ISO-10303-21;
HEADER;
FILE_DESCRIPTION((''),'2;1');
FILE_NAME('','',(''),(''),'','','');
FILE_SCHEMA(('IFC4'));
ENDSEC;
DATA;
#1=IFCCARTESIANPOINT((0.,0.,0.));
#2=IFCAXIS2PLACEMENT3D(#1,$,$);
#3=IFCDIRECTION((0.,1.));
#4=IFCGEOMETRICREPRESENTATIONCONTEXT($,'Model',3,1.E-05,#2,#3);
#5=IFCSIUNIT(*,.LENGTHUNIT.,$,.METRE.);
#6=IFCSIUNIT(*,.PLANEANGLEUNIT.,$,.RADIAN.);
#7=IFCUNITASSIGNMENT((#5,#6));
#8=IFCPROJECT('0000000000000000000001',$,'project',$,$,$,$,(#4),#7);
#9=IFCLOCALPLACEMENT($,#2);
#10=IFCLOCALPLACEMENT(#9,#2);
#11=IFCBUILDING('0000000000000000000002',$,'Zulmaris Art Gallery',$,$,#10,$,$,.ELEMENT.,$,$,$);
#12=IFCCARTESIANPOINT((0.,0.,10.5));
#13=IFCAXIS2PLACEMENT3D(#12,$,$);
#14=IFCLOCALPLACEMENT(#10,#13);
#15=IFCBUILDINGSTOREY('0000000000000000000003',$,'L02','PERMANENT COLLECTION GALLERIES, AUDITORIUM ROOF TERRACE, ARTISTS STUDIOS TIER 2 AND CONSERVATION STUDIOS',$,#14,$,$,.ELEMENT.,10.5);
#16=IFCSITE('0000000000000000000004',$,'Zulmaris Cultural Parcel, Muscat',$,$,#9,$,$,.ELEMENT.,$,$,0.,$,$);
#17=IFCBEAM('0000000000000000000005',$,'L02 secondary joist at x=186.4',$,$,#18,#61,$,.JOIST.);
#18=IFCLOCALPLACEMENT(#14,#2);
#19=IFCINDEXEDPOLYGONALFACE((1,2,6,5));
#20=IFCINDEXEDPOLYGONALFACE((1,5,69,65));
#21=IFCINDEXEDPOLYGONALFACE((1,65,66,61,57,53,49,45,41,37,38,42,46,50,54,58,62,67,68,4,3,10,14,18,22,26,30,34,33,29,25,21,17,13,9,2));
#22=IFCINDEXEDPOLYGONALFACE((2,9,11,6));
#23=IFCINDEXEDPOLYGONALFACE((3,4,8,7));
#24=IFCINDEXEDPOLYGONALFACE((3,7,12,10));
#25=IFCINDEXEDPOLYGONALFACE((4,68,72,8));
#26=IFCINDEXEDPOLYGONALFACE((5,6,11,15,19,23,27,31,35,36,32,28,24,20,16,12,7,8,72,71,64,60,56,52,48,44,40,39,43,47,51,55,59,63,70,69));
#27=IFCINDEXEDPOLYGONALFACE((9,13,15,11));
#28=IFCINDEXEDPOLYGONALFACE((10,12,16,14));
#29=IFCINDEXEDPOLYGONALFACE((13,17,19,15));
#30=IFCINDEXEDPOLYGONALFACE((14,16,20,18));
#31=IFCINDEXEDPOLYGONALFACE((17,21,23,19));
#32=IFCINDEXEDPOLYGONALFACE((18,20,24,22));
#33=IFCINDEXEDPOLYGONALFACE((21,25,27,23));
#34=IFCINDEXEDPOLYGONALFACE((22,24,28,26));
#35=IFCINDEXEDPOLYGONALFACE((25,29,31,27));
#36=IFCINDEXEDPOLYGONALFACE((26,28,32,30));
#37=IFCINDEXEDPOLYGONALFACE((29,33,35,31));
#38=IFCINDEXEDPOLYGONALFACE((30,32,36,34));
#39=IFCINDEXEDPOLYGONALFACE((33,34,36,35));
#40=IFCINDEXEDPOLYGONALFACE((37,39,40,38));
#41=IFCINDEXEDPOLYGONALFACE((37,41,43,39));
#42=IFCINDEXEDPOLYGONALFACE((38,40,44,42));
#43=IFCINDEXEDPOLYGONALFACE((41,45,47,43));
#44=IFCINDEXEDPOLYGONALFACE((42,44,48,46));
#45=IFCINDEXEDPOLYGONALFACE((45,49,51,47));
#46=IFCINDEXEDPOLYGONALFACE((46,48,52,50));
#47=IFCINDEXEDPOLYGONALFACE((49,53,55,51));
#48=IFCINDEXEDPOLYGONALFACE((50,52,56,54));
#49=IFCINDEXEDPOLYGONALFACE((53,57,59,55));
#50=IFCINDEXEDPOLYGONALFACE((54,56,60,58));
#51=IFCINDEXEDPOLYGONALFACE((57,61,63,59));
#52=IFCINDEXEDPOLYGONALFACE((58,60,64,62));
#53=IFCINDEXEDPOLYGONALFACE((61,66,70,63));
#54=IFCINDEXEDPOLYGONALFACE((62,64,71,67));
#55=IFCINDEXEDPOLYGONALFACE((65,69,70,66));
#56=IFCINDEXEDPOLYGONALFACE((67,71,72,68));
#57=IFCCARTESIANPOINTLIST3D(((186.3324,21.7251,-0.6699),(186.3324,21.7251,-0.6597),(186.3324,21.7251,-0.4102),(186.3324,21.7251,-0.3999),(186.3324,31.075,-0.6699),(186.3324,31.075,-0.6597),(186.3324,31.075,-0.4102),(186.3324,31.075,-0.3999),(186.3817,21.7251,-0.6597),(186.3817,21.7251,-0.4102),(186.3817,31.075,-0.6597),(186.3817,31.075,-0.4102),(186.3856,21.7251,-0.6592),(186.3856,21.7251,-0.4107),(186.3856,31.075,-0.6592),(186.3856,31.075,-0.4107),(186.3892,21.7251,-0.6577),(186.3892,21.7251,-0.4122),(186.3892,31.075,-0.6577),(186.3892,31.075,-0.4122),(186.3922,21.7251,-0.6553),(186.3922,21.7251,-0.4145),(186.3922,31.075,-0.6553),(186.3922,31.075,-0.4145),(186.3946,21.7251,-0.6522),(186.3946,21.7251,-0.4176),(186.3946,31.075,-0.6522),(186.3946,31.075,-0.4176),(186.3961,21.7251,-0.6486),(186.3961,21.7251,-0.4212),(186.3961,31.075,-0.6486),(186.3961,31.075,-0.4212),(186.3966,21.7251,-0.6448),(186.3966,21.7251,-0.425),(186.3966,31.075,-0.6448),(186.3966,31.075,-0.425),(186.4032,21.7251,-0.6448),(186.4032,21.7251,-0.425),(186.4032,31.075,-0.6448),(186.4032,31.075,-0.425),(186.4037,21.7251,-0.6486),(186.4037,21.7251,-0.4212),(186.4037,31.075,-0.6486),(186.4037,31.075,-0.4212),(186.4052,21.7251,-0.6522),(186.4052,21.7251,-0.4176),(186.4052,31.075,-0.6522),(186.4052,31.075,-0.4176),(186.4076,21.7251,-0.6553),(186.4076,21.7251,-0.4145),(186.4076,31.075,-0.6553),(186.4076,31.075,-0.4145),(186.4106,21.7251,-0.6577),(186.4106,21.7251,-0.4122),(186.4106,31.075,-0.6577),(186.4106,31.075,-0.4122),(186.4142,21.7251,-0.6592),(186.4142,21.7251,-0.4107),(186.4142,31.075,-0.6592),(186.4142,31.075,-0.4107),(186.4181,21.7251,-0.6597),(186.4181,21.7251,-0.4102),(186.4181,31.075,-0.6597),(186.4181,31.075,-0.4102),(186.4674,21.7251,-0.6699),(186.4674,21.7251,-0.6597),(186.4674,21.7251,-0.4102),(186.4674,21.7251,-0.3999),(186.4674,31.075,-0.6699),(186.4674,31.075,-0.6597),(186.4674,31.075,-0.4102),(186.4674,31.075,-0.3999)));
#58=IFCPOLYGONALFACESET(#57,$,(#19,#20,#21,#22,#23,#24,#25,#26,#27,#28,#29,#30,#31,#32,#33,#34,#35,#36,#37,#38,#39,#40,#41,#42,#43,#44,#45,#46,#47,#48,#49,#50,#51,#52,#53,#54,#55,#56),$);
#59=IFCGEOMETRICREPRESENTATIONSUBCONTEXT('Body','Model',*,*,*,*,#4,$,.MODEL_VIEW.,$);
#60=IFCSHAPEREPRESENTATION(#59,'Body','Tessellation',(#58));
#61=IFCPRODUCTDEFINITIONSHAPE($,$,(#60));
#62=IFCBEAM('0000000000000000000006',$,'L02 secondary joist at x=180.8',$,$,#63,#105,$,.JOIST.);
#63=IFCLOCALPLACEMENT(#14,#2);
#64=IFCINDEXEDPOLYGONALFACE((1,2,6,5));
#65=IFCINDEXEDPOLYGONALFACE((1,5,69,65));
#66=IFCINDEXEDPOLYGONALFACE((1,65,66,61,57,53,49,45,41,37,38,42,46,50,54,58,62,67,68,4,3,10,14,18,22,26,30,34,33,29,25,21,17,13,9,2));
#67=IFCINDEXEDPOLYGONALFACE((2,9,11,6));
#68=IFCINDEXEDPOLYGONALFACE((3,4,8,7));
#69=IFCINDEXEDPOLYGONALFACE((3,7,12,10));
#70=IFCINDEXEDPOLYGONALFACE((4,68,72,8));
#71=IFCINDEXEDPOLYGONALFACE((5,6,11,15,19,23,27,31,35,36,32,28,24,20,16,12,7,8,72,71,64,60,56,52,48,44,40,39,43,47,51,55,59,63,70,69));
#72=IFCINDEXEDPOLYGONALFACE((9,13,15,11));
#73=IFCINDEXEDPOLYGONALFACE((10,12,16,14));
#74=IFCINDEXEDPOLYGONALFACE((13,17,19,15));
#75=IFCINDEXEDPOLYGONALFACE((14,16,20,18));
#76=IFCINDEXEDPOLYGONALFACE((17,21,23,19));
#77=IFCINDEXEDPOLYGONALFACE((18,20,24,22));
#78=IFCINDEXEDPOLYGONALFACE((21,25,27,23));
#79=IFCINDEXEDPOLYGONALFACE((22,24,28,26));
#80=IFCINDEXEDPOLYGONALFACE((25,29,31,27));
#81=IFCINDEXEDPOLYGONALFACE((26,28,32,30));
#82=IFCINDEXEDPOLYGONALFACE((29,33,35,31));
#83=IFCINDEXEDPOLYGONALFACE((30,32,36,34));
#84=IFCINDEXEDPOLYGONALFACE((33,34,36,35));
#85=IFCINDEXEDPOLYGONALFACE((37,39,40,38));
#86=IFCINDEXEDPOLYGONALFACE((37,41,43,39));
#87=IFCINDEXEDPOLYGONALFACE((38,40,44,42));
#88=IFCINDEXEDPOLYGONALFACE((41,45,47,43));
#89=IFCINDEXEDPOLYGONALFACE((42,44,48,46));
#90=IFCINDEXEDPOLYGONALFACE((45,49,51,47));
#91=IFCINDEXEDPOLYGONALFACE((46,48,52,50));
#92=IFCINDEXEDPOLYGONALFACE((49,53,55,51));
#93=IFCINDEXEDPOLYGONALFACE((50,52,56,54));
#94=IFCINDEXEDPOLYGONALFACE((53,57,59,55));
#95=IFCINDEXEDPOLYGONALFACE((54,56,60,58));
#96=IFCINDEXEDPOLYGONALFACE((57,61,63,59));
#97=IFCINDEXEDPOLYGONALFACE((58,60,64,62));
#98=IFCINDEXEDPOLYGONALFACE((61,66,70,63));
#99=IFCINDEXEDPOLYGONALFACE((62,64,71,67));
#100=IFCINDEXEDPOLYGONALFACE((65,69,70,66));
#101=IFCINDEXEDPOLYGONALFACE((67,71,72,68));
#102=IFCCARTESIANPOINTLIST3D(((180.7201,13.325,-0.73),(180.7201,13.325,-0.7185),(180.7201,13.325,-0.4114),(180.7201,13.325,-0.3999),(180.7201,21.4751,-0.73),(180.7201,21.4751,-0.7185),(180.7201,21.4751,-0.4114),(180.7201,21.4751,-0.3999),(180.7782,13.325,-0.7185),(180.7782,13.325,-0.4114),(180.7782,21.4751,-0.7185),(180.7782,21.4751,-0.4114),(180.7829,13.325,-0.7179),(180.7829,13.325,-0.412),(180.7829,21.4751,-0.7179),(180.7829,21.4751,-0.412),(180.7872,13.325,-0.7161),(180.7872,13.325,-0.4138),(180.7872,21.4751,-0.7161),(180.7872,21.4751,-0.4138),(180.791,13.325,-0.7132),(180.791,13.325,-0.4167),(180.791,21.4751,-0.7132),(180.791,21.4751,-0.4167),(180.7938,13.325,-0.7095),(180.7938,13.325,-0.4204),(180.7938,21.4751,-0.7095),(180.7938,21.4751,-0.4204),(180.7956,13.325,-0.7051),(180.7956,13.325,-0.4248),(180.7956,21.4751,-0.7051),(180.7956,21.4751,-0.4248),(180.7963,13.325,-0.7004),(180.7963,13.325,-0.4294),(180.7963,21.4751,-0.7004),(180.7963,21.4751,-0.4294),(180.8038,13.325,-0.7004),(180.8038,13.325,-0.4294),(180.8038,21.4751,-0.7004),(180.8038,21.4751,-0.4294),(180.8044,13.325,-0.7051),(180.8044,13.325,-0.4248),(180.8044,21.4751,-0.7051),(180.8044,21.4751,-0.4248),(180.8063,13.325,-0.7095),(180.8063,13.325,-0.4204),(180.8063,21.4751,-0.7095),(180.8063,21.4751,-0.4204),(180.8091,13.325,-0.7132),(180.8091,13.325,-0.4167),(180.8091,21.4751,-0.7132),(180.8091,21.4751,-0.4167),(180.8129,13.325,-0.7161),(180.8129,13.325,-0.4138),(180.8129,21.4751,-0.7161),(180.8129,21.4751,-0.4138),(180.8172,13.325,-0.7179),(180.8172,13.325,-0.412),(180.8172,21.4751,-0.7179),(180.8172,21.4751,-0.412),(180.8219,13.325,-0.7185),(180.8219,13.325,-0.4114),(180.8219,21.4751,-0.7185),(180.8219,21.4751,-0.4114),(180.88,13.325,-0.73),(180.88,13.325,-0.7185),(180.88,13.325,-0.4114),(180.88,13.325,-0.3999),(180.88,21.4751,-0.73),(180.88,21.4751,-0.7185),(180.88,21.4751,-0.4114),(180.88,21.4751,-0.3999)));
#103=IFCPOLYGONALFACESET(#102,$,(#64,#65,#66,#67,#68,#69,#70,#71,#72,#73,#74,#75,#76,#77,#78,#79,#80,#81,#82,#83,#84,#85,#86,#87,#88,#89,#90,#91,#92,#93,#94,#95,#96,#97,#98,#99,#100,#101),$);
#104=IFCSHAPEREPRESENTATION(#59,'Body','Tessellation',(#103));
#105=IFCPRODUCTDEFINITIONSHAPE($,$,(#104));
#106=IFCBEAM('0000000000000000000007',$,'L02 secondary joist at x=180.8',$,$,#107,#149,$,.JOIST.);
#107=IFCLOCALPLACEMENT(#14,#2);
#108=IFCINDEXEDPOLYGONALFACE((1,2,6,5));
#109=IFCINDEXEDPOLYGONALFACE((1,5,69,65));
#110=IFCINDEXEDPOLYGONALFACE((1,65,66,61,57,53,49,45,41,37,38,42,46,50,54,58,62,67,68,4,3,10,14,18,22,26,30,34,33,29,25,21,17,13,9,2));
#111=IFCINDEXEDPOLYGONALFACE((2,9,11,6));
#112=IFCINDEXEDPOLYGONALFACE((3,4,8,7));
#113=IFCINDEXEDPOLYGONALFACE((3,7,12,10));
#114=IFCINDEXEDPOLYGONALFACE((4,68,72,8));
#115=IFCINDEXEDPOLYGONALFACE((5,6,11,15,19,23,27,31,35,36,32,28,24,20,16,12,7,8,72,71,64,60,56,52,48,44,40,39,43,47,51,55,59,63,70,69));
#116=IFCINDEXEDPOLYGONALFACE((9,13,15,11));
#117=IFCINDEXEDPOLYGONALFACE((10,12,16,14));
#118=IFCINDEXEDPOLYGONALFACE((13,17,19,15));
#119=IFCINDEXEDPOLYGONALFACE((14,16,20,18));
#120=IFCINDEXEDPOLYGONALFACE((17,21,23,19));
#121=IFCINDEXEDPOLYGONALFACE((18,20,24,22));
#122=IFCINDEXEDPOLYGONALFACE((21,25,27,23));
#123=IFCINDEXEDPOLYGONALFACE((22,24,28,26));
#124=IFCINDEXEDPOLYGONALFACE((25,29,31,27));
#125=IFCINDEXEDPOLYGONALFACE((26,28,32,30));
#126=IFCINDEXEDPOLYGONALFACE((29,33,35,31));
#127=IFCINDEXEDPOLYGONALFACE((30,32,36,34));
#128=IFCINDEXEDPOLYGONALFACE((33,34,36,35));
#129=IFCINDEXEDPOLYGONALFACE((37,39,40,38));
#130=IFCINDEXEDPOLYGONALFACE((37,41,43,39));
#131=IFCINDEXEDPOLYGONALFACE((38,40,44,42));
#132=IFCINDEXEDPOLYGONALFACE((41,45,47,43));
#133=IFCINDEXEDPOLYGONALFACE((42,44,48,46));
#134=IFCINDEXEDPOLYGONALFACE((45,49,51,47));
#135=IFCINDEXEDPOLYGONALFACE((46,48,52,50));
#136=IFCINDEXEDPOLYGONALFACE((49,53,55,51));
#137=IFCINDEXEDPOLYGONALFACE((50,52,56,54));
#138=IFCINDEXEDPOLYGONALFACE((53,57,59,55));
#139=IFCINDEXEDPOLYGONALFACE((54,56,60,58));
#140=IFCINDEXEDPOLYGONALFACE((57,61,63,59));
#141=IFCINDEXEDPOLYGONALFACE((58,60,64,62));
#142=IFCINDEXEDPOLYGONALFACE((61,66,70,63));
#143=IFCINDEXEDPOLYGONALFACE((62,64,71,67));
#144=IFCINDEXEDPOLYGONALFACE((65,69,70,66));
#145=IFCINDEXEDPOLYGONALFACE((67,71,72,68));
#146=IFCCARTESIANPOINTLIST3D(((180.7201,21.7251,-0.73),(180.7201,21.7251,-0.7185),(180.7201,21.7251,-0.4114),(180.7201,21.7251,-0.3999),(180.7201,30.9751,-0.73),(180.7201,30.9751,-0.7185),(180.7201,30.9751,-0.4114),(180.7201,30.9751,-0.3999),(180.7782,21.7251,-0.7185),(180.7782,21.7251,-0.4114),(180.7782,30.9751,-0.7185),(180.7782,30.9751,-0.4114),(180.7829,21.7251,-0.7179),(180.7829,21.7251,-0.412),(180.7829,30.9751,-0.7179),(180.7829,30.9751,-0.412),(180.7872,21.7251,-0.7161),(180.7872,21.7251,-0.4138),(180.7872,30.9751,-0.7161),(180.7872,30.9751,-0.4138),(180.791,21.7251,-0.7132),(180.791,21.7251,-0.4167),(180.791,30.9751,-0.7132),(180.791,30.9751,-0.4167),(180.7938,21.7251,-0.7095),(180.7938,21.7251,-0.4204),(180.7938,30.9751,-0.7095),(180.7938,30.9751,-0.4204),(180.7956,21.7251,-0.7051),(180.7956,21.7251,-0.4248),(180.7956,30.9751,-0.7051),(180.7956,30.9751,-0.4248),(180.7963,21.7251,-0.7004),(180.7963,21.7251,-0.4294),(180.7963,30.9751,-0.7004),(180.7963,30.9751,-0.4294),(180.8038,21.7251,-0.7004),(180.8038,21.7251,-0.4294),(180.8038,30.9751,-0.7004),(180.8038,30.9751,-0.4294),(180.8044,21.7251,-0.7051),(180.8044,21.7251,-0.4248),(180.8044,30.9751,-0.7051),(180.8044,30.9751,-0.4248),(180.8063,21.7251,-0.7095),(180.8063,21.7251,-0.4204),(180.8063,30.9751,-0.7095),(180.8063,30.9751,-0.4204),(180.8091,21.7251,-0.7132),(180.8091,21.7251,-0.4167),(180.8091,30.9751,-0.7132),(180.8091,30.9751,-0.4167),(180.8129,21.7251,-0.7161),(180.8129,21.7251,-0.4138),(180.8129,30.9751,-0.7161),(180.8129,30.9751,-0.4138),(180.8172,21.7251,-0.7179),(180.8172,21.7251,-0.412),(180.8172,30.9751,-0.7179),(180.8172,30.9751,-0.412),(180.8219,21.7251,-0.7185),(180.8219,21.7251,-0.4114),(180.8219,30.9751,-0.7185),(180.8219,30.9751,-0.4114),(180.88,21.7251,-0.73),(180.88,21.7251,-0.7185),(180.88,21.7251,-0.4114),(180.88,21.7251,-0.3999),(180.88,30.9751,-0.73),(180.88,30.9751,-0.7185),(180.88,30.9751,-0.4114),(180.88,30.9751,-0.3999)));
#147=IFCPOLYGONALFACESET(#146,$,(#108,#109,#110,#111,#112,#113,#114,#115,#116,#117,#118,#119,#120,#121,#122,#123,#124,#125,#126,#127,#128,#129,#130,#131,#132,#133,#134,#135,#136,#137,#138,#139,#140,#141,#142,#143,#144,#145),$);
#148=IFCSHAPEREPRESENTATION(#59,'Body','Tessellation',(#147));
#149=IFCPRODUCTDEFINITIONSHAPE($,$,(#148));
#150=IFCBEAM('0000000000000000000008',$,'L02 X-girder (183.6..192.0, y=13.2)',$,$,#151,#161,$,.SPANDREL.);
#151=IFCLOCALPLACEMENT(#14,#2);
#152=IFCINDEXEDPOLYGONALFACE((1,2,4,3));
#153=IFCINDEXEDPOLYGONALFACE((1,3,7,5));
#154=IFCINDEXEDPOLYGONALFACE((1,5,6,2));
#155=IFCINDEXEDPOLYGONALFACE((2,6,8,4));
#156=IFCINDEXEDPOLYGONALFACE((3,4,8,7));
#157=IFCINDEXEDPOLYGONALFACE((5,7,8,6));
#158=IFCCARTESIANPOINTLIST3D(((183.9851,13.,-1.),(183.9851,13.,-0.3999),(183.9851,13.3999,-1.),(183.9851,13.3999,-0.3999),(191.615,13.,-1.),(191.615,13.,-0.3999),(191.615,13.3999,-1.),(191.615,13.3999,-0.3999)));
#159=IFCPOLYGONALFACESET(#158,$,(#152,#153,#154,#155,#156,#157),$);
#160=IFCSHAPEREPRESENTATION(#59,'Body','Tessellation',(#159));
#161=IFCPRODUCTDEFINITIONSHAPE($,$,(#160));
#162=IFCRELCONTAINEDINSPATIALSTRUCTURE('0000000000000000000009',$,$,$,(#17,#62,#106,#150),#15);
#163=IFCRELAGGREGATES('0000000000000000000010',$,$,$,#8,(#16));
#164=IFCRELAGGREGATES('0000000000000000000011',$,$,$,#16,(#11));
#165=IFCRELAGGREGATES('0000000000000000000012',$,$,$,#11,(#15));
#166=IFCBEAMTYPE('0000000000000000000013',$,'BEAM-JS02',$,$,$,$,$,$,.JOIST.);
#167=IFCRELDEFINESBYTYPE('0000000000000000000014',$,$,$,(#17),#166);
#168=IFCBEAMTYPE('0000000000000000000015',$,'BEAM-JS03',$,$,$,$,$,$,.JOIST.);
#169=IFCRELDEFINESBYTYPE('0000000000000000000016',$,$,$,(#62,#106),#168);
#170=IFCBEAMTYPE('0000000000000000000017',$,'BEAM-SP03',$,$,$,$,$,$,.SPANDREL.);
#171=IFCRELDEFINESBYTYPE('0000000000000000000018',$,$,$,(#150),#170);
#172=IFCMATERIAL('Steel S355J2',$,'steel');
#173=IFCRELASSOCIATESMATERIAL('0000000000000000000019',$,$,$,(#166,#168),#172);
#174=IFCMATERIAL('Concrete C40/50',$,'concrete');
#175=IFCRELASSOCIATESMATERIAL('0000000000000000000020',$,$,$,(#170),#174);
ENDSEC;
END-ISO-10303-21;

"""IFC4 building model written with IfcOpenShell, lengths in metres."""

from ifc_helpers import new_model, si_unit, direction, frame, origin, origin_2d, place, context, subcontext, project, spatial, rectangle, i_section, extrude, material, material_profile, profile_set, type_object, element, save


model = new_model("IFC4")

# Units and contexts
model_context = context("Model", 3, precision=1e-05, world=origin(), true_north=direction((0.0, 1.0)))
body_context = subcontext(model_context, "Body", "Model", "MODEL_VIEW")
ifc_project = project(units=[si_unit("LENGTHUNIT", "METRE"), si_unit("PLANEANGLEUNIT", "RADIAN")], contexts=[model_context])

# Site, building, storey
site_placement = place(None, origin())
site = spatial("IfcSite", under=ifc_project, at=site_placement, Name="Zulmaris Cultural Parcel, Muscat", CompositionType="ELEMENT", RefElevation=0.0)
building_placement = place(site_placement, origin())
building = spatial("IfcBuilding", under=site, at=building_placement, Name="Zulmaris Art Gallery", CompositionType="ELEMENT")
storey_placement = place(building_placement, frame((0.0, 0.0, 10.5)))
storey = spatial("IfcBuildingStorey", under=building, at=storey_placement, Name="L02", Description="PERMANENT COLLECTION GALLERIES, AUDITORIUM ROOF TERRACE, ARTISTS STUDIOS TIER 2 AND CONSERVATION STUDIOS", CompositionType="ELEMENT", Elevation=10.5)

# Shared definitions
ifc_material_1 = material(Name="Concrete C40/50", Category="concrete")

# Beams
ifc_material_2 = material(Name="Steel S355J2", Category="steel")
ifc_material_profile_1 = material_profile(ifc_material_2, i_section(OverallWidth=0.135, OverallDepth=0.27, WebThickness=0.0066, FlangeThickness=0.0103, FilletRadius=0.0149, at=origin_2d()), Name="IPE 270")
ifc_profile_set_1 = profile_set([ifc_material_profile_1], Name="Steel S355J2")
beam_type_1 = type_object("IfcBeamType", Name="BEAM-JS02", PredefinedType="JOIST", material=ifc_profile_set_1)
beam_1_placement = place(storey_placement, frame((186.3999, 21.7251, -0.5349), z_axis=(0.0, 1.0, 0.0), x_axis=(-1.0, 0.0, 0.0)))
element("IfcBeam", 1, at=beam_1_placement, inside=storey, type_object=beam_type_1, Name="L02 secondary joist at x=186.4", PredefinedType="JOIST", context=body_context, shape_type="SweptSolid", body=[
    extrude(i_section(OverallWidth=0.135, OverallDepth=0.27, WebThickness=0.0066, FlangeThickness=0.0103, FilletRadius=0.0149, at=origin_2d()), origin(), (0.0, 0.0, 1.0), 9.3499),
])
ifc_material_profile_2 = material_profile(ifc_material_2, i_section(OverallWidth=0.1599, OverallDepth=0.3301, WebThickness=0.0076, FlangeThickness=0.0115, FilletRadius=0.0181, at=origin_2d()), Name="IPE 330")
ifc_profile_set_2 = profile_set([ifc_material_profile_2], Name="Steel S355J2")
beam_type_2 = type_object("IfcBeamType", Name="BEAM-JS03", PredefinedType="JOIST", material=ifc_profile_set_2)
beam_2_placement = place(storey_placement, frame((180.8, 13.325, -0.5649), z_axis=(0.0, 1.0, 0.0), x_axis=(-1.0, 0.0, 0.0)))
element("IfcBeam", 2, at=beam_2_placement, inside=storey, type_object=beam_type_2, Name="L02 secondary joist at x=180.8", PredefinedType="JOIST", context=body_context, shape_type="SweptSolid", body=[
    extrude(i_section(OverallWidth=0.1599, OverallDepth=0.3301, WebThickness=0.0076, FlangeThickness=0.0115, FilletRadius=0.0181, at=origin_2d()), origin(), (0.0, 0.0, 1.0), 8.1501),
])
beam_3_placement = place(storey_placement, frame((180.8, 21.7251, -0.5649), z_axis=(0.0, 1.0, 0.0), x_axis=(-1.0, 0.0, 0.0)))
element("IfcBeam", 3, at=beam_3_placement, inside=storey, type_object=beam_type_2, Name="L02 secondary joist at x=180.8", PredefinedType="JOIST", context=body_context, shape_type="SweptSolid", body=[
    extrude(i_section(OverallWidth=0.1599, OverallDepth=0.3301, WebThickness=0.0076, FlangeThickness=0.0115, FilletRadius=0.0181, at=origin_2d()), origin(), (0.0, 0.0, 1.0), 9.25),
])
ifc_material_profile_3 = material_profile(ifc_material_1, rectangle(XDim=0.3999, YDim=0.6001, at=origin_2d()), Name="RC 400x600")
ifc_profile_set_3 = profile_set([ifc_material_profile_3], Name="Concrete C40/50")
beam_type_3 = type_object("IfcBeamType", Name="BEAM-SP03", PredefinedType="SPANDREL", material=ifc_profile_set_3)
beam_4_placement = place(storey_placement, frame((183.9851, 13.2, -0.7), z_axis=(1.0, 0.0, 0.0), x_axis=(0.0, 1.0, 0.0)))
element("IfcBeam", 4, at=beam_4_placement, inside=storey, type_object=beam_type_3, Name="L02 X-girder (183.6..192.0, y=13.2)", PredefinedType="SPANDREL", context=body_context, shape_type="SweptSolid", body=[
    extrude(rectangle(XDim=0.3999, YDim=0.6001, at=origin_2d()), origin(), (0.0, 0.0, 1.0), 7.6299),
])

save(model, "model.ifc")
